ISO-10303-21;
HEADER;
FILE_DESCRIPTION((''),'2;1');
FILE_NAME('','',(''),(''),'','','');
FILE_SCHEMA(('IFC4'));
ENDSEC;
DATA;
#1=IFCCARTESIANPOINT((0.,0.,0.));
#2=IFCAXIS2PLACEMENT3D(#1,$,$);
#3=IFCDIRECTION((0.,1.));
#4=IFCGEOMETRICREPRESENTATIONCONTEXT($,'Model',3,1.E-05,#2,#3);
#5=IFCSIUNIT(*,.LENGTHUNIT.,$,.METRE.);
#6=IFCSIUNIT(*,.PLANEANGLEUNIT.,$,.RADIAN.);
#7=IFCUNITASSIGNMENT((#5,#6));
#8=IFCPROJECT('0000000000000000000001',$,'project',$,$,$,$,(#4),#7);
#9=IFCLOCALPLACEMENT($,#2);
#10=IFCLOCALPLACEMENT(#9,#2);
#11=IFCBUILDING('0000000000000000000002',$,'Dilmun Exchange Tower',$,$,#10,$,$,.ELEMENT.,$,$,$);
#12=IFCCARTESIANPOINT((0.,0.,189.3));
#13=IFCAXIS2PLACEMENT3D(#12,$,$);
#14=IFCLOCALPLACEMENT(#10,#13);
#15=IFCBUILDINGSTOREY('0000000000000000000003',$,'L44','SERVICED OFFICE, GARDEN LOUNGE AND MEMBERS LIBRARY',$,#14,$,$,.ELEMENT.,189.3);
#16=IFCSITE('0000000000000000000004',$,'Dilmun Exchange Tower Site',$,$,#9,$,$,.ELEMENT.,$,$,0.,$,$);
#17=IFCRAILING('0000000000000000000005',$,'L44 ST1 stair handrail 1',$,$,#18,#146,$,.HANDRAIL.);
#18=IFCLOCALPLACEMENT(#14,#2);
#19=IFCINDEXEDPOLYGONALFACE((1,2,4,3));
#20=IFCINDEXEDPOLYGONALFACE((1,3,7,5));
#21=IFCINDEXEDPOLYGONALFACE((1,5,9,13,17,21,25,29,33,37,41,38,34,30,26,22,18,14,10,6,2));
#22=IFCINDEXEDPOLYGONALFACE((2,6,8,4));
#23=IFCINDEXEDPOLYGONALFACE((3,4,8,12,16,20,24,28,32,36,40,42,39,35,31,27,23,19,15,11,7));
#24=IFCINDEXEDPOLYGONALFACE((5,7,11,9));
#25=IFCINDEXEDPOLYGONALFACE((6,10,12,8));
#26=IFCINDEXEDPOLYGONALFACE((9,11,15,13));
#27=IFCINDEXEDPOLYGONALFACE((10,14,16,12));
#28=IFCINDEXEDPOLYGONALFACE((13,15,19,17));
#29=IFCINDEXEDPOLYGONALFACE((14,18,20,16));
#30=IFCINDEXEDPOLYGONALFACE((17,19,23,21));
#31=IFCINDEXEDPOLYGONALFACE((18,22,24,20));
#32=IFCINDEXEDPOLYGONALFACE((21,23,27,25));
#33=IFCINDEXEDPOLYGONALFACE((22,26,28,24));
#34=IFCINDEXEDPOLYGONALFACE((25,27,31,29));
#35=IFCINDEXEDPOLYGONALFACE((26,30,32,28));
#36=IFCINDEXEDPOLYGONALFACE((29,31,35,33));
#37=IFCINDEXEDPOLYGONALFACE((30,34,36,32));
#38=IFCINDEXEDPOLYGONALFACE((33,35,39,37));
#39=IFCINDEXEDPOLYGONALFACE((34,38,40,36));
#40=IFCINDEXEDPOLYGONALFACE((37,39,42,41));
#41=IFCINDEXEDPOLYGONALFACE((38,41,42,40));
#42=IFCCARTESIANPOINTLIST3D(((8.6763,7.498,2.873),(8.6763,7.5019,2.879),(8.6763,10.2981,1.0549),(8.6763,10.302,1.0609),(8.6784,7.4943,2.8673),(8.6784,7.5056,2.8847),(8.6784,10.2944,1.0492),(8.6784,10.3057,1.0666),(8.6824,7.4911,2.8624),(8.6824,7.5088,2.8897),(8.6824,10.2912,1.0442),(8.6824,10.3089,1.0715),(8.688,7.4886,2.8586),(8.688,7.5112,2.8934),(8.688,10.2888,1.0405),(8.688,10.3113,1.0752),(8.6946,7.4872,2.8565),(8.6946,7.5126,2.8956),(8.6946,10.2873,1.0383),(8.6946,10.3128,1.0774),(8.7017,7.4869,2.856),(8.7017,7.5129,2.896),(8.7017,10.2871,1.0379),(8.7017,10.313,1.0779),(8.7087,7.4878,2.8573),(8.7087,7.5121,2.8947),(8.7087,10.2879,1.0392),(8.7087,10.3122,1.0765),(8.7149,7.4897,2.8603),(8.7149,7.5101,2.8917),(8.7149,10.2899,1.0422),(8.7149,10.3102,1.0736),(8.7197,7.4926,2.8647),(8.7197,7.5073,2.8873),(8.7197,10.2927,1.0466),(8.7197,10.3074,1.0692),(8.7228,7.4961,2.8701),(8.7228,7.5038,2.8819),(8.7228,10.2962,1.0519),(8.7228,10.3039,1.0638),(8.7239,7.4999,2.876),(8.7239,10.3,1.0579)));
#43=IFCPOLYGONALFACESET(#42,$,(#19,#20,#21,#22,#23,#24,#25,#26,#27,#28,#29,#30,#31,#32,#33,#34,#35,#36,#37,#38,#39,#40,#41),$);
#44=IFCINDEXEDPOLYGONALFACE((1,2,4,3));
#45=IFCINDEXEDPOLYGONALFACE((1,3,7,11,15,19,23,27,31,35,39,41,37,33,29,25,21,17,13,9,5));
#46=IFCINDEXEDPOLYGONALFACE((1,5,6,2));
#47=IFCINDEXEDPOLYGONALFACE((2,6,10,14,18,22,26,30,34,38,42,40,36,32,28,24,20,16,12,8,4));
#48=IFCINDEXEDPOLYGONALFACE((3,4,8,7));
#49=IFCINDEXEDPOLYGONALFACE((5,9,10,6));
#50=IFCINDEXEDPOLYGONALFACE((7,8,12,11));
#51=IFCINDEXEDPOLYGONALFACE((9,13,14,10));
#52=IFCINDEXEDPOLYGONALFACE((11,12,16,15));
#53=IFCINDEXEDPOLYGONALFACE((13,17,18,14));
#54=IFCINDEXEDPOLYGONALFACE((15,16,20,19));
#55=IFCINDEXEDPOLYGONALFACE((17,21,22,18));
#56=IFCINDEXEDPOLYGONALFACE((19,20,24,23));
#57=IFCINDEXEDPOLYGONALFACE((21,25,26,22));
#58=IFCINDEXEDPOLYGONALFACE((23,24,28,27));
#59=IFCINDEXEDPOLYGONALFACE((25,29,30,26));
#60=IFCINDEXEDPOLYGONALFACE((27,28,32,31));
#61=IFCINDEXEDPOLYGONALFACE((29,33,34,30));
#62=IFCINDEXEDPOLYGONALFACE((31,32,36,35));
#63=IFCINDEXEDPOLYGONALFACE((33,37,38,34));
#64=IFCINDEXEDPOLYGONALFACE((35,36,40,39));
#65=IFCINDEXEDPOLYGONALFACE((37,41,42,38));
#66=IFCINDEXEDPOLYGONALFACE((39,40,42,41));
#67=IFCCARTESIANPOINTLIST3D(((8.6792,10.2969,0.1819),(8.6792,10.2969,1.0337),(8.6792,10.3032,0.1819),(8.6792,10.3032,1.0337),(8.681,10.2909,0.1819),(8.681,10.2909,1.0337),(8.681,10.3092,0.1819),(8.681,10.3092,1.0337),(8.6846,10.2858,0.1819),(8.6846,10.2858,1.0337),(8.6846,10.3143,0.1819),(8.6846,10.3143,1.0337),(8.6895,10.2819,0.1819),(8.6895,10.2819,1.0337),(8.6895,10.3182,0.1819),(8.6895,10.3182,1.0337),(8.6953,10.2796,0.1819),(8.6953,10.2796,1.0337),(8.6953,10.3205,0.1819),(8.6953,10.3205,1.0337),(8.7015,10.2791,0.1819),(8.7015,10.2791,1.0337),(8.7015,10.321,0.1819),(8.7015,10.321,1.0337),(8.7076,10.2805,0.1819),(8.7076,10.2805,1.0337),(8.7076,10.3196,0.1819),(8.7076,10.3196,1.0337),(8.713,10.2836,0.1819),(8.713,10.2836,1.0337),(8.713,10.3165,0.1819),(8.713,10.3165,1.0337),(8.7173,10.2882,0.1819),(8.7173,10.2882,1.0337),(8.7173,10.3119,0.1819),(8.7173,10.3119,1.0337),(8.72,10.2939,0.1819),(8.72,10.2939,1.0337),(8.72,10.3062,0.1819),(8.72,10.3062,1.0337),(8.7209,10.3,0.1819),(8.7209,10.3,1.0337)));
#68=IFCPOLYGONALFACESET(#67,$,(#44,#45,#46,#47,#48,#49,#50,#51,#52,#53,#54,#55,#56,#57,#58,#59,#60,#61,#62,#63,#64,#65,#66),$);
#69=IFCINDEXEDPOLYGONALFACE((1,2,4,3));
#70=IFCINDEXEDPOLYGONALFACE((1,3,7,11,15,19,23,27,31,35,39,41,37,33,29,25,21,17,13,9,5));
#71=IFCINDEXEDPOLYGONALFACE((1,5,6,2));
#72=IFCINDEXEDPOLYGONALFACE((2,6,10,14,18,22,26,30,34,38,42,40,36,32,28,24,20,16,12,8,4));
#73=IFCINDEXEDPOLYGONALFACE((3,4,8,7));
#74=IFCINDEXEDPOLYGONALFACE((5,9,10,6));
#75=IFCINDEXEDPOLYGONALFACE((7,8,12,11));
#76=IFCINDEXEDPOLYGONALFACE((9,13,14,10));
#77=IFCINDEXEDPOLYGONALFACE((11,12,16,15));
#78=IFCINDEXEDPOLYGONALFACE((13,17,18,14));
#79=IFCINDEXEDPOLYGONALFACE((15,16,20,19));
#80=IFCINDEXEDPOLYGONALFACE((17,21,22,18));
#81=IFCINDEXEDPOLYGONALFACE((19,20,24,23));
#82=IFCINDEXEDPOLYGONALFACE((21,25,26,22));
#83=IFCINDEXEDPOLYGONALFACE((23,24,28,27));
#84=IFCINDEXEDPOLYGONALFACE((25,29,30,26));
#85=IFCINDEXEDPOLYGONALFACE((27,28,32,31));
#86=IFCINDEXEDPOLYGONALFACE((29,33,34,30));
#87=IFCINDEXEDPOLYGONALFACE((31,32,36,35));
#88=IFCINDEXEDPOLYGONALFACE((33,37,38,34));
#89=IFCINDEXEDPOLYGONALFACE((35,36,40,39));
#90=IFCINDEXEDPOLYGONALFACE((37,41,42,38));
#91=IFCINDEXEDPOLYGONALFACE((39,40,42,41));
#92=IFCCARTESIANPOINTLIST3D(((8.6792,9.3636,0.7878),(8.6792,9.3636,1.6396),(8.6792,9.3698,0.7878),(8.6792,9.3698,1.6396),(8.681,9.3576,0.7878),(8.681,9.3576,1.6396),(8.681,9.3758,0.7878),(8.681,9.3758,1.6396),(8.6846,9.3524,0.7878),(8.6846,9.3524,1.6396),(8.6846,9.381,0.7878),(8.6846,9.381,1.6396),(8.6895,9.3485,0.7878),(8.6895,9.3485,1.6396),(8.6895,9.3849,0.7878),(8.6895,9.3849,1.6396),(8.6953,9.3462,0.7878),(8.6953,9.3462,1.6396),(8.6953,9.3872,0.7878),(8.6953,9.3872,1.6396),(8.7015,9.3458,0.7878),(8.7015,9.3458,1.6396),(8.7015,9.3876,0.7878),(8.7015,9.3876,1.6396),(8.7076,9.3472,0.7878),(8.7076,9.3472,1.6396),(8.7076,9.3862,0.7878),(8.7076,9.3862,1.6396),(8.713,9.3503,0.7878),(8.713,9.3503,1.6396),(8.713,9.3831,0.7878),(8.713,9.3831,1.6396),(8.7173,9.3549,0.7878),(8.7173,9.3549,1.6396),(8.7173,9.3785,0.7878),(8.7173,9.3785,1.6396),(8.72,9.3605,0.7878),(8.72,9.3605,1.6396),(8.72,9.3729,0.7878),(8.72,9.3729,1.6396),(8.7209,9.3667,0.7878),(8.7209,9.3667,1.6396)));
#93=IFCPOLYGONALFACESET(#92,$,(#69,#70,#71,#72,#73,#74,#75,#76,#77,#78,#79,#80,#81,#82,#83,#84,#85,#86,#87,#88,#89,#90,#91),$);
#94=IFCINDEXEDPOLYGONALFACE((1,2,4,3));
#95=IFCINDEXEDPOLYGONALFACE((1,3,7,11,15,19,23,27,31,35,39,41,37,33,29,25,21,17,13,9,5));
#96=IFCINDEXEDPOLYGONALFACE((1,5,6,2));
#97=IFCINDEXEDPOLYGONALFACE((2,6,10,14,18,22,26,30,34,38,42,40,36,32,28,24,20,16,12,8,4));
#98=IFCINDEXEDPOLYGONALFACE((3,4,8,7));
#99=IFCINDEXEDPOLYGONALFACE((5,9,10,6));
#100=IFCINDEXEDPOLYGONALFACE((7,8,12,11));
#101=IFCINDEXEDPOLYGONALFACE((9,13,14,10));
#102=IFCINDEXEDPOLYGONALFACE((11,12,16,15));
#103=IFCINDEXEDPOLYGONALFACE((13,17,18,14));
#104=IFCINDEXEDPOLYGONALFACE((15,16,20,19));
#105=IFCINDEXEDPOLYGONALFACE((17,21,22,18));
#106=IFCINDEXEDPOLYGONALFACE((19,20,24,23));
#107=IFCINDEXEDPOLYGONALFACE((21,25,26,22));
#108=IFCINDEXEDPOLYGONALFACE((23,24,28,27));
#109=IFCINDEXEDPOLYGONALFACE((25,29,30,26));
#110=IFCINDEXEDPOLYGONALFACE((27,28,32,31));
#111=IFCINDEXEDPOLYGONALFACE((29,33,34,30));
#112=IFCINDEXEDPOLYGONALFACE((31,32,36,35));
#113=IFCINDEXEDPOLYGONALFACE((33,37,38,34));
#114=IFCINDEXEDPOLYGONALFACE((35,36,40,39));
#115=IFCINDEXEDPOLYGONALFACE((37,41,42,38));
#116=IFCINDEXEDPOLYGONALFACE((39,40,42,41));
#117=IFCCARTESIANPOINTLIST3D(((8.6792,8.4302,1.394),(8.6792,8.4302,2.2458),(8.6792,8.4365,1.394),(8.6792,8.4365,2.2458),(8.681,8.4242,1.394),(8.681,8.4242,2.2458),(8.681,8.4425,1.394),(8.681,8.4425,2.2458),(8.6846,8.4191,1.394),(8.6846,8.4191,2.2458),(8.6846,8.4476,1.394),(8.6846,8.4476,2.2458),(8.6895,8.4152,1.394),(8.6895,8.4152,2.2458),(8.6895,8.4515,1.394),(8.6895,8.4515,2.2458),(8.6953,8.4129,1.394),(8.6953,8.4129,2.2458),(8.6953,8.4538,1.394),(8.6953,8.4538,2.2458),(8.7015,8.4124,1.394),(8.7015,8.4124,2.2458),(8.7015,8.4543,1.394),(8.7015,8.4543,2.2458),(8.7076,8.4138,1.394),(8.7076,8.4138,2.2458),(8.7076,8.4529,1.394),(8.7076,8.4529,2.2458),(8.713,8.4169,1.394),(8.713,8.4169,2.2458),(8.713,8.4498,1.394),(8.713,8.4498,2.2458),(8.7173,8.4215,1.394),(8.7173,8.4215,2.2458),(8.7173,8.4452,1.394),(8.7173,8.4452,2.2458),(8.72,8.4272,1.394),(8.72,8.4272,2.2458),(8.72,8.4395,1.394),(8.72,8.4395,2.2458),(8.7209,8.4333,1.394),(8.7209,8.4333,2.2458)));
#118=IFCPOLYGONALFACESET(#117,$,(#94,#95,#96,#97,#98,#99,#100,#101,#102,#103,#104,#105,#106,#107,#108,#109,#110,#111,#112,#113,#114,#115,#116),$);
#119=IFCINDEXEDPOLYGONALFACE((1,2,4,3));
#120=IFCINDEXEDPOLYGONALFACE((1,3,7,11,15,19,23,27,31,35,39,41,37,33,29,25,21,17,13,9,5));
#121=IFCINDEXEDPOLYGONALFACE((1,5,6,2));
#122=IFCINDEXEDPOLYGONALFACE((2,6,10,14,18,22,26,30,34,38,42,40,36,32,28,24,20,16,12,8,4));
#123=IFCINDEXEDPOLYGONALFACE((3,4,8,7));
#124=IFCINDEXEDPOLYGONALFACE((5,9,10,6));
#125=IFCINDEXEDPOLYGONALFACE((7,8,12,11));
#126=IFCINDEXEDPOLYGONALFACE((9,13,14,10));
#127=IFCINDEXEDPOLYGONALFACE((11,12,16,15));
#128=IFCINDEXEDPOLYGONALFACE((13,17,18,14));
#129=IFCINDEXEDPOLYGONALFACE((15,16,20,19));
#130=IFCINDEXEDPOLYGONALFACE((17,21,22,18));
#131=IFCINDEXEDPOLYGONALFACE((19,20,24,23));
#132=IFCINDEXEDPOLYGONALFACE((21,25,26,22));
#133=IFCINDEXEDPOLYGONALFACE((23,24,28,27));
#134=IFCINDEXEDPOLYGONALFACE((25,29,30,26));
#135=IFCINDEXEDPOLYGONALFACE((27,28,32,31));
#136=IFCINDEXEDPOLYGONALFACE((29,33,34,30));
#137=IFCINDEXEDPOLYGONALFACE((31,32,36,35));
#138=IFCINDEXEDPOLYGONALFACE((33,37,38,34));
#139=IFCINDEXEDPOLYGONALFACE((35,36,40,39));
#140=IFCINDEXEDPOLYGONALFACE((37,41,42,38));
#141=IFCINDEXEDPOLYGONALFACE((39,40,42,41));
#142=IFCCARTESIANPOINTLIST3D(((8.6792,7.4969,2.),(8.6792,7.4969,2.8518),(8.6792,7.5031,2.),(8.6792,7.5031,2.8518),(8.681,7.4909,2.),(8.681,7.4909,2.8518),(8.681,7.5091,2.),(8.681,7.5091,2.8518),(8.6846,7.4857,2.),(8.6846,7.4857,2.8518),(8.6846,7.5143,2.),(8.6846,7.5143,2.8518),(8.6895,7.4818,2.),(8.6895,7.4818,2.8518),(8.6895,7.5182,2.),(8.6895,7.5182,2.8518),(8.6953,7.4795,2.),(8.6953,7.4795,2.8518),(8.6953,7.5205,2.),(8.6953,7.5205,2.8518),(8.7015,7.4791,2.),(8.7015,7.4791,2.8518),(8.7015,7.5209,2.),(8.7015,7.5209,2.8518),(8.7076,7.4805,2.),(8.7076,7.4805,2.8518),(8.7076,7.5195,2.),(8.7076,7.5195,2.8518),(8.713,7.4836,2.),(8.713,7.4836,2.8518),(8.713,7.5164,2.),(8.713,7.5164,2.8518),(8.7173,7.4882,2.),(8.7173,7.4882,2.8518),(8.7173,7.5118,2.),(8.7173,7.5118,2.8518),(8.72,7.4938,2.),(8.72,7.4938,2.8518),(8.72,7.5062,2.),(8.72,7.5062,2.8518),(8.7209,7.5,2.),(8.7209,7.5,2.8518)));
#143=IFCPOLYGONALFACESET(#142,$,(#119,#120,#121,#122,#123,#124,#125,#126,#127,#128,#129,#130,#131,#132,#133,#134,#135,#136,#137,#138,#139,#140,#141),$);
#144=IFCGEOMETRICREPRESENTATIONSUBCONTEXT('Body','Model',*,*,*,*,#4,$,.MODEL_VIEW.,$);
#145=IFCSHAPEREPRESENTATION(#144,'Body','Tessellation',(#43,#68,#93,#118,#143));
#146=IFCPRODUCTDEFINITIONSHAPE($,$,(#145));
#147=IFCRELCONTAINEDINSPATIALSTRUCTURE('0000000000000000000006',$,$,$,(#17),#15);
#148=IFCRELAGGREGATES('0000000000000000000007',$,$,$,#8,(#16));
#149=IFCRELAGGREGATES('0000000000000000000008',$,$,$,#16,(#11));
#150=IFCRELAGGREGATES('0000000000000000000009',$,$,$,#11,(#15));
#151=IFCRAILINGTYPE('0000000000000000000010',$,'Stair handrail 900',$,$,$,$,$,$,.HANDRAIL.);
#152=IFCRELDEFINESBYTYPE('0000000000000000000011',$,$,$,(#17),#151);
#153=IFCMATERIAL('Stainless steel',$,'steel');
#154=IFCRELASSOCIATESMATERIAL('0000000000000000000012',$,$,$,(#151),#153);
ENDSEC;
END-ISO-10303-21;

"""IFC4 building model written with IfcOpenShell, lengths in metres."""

from ifc_helpers import new_model, si_unit, direction, frame, origin, origin_2d, place, context, subcontext, project, spatial, circle, extrude, material, type_object, element, save


model = new_model("IFC4")

# Units and contexts
model_context = context("Model", 3, precision=1e-05, world=origin(), true_north=direction((0.0, 1.0)))
body_context = subcontext(model_context, "Body", "Model", "MODEL_VIEW")
ifc_project = project(units=[si_unit("LENGTHUNIT", "METRE"), si_unit("PLANEANGLEUNIT", "RADIAN")], contexts=[model_context])

# Site, building, storey
site_placement = place(None, origin())
site = spatial("IfcSite", under=ifc_project, at=site_placement, Name="Dilmun Exchange Tower Site", CompositionType="ELEMENT", RefElevation=0.0)
building_placement = place(site_placement, origin())
building = spatial("IfcBuilding", under=site, at=building_placement, Name="Dilmun Exchange Tower", CompositionType="ELEMENT")
storey_placement = place(building_placement, frame((0.0, 0.0, 189.3)))
storey = spatial("IfcBuildingStorey", under=building, at=storey_placement, Name="L44", Description="SERVICED OFFICE, GARDEN LOUNGE AND MEMBERS LIBRARY", CompositionType="ELEMENT", Elevation=189.3)

# Railing
ifc_material_1 = material(Name="Stainless steel", Category="steel")
railing_type = type_object("IfcRailingType", Name="Stair handrail 900", PredefinedType="HANDRAIL", material=ifc_material_1)
railing_placement = place(storey_placement, frame((8.7, 10.3, 0.1819)))
element("IfcRailing", 1, at=railing_placement, inside=storey, type_object=railing_type, Name="L44 ST1 stair handrail 1", PredefinedType="HANDRAIL", context=body_context, shape_type="SweptSolid", body=[
    extrude(circle(Radius=0.0239, at=origin_2d()), frame((0.0, 0.0, 0.876), z_axis=(0.0, -0.838706, 0.544585), x_axis=(1.0, 0.0, 0.0)), (0.0, 0.0, 1.0), 3.3386),
    extrude(circle(Radius=0.021, at=origin_2d()), origin(), (0.0, 0.0, 1.0), 0.8518),
    extrude(circle(Radius=0.021, at=origin_2d()), frame((0.0, -0.9333, 0.606)), (0.0, 0.0, 1.0), 0.8518),
    extrude(circle(Radius=0.021, at=origin_2d()), frame((0.0, -1.8667, 1.2122)), (0.0, 0.0, 1.0), 0.8518),
    extrude(circle(Radius=0.021, at=origin_2d()), frame((0.0, -2.8, 1.8181)), (0.0, 0.0, 1.0), 0.8518),
])

save(model, "model.ifc")
